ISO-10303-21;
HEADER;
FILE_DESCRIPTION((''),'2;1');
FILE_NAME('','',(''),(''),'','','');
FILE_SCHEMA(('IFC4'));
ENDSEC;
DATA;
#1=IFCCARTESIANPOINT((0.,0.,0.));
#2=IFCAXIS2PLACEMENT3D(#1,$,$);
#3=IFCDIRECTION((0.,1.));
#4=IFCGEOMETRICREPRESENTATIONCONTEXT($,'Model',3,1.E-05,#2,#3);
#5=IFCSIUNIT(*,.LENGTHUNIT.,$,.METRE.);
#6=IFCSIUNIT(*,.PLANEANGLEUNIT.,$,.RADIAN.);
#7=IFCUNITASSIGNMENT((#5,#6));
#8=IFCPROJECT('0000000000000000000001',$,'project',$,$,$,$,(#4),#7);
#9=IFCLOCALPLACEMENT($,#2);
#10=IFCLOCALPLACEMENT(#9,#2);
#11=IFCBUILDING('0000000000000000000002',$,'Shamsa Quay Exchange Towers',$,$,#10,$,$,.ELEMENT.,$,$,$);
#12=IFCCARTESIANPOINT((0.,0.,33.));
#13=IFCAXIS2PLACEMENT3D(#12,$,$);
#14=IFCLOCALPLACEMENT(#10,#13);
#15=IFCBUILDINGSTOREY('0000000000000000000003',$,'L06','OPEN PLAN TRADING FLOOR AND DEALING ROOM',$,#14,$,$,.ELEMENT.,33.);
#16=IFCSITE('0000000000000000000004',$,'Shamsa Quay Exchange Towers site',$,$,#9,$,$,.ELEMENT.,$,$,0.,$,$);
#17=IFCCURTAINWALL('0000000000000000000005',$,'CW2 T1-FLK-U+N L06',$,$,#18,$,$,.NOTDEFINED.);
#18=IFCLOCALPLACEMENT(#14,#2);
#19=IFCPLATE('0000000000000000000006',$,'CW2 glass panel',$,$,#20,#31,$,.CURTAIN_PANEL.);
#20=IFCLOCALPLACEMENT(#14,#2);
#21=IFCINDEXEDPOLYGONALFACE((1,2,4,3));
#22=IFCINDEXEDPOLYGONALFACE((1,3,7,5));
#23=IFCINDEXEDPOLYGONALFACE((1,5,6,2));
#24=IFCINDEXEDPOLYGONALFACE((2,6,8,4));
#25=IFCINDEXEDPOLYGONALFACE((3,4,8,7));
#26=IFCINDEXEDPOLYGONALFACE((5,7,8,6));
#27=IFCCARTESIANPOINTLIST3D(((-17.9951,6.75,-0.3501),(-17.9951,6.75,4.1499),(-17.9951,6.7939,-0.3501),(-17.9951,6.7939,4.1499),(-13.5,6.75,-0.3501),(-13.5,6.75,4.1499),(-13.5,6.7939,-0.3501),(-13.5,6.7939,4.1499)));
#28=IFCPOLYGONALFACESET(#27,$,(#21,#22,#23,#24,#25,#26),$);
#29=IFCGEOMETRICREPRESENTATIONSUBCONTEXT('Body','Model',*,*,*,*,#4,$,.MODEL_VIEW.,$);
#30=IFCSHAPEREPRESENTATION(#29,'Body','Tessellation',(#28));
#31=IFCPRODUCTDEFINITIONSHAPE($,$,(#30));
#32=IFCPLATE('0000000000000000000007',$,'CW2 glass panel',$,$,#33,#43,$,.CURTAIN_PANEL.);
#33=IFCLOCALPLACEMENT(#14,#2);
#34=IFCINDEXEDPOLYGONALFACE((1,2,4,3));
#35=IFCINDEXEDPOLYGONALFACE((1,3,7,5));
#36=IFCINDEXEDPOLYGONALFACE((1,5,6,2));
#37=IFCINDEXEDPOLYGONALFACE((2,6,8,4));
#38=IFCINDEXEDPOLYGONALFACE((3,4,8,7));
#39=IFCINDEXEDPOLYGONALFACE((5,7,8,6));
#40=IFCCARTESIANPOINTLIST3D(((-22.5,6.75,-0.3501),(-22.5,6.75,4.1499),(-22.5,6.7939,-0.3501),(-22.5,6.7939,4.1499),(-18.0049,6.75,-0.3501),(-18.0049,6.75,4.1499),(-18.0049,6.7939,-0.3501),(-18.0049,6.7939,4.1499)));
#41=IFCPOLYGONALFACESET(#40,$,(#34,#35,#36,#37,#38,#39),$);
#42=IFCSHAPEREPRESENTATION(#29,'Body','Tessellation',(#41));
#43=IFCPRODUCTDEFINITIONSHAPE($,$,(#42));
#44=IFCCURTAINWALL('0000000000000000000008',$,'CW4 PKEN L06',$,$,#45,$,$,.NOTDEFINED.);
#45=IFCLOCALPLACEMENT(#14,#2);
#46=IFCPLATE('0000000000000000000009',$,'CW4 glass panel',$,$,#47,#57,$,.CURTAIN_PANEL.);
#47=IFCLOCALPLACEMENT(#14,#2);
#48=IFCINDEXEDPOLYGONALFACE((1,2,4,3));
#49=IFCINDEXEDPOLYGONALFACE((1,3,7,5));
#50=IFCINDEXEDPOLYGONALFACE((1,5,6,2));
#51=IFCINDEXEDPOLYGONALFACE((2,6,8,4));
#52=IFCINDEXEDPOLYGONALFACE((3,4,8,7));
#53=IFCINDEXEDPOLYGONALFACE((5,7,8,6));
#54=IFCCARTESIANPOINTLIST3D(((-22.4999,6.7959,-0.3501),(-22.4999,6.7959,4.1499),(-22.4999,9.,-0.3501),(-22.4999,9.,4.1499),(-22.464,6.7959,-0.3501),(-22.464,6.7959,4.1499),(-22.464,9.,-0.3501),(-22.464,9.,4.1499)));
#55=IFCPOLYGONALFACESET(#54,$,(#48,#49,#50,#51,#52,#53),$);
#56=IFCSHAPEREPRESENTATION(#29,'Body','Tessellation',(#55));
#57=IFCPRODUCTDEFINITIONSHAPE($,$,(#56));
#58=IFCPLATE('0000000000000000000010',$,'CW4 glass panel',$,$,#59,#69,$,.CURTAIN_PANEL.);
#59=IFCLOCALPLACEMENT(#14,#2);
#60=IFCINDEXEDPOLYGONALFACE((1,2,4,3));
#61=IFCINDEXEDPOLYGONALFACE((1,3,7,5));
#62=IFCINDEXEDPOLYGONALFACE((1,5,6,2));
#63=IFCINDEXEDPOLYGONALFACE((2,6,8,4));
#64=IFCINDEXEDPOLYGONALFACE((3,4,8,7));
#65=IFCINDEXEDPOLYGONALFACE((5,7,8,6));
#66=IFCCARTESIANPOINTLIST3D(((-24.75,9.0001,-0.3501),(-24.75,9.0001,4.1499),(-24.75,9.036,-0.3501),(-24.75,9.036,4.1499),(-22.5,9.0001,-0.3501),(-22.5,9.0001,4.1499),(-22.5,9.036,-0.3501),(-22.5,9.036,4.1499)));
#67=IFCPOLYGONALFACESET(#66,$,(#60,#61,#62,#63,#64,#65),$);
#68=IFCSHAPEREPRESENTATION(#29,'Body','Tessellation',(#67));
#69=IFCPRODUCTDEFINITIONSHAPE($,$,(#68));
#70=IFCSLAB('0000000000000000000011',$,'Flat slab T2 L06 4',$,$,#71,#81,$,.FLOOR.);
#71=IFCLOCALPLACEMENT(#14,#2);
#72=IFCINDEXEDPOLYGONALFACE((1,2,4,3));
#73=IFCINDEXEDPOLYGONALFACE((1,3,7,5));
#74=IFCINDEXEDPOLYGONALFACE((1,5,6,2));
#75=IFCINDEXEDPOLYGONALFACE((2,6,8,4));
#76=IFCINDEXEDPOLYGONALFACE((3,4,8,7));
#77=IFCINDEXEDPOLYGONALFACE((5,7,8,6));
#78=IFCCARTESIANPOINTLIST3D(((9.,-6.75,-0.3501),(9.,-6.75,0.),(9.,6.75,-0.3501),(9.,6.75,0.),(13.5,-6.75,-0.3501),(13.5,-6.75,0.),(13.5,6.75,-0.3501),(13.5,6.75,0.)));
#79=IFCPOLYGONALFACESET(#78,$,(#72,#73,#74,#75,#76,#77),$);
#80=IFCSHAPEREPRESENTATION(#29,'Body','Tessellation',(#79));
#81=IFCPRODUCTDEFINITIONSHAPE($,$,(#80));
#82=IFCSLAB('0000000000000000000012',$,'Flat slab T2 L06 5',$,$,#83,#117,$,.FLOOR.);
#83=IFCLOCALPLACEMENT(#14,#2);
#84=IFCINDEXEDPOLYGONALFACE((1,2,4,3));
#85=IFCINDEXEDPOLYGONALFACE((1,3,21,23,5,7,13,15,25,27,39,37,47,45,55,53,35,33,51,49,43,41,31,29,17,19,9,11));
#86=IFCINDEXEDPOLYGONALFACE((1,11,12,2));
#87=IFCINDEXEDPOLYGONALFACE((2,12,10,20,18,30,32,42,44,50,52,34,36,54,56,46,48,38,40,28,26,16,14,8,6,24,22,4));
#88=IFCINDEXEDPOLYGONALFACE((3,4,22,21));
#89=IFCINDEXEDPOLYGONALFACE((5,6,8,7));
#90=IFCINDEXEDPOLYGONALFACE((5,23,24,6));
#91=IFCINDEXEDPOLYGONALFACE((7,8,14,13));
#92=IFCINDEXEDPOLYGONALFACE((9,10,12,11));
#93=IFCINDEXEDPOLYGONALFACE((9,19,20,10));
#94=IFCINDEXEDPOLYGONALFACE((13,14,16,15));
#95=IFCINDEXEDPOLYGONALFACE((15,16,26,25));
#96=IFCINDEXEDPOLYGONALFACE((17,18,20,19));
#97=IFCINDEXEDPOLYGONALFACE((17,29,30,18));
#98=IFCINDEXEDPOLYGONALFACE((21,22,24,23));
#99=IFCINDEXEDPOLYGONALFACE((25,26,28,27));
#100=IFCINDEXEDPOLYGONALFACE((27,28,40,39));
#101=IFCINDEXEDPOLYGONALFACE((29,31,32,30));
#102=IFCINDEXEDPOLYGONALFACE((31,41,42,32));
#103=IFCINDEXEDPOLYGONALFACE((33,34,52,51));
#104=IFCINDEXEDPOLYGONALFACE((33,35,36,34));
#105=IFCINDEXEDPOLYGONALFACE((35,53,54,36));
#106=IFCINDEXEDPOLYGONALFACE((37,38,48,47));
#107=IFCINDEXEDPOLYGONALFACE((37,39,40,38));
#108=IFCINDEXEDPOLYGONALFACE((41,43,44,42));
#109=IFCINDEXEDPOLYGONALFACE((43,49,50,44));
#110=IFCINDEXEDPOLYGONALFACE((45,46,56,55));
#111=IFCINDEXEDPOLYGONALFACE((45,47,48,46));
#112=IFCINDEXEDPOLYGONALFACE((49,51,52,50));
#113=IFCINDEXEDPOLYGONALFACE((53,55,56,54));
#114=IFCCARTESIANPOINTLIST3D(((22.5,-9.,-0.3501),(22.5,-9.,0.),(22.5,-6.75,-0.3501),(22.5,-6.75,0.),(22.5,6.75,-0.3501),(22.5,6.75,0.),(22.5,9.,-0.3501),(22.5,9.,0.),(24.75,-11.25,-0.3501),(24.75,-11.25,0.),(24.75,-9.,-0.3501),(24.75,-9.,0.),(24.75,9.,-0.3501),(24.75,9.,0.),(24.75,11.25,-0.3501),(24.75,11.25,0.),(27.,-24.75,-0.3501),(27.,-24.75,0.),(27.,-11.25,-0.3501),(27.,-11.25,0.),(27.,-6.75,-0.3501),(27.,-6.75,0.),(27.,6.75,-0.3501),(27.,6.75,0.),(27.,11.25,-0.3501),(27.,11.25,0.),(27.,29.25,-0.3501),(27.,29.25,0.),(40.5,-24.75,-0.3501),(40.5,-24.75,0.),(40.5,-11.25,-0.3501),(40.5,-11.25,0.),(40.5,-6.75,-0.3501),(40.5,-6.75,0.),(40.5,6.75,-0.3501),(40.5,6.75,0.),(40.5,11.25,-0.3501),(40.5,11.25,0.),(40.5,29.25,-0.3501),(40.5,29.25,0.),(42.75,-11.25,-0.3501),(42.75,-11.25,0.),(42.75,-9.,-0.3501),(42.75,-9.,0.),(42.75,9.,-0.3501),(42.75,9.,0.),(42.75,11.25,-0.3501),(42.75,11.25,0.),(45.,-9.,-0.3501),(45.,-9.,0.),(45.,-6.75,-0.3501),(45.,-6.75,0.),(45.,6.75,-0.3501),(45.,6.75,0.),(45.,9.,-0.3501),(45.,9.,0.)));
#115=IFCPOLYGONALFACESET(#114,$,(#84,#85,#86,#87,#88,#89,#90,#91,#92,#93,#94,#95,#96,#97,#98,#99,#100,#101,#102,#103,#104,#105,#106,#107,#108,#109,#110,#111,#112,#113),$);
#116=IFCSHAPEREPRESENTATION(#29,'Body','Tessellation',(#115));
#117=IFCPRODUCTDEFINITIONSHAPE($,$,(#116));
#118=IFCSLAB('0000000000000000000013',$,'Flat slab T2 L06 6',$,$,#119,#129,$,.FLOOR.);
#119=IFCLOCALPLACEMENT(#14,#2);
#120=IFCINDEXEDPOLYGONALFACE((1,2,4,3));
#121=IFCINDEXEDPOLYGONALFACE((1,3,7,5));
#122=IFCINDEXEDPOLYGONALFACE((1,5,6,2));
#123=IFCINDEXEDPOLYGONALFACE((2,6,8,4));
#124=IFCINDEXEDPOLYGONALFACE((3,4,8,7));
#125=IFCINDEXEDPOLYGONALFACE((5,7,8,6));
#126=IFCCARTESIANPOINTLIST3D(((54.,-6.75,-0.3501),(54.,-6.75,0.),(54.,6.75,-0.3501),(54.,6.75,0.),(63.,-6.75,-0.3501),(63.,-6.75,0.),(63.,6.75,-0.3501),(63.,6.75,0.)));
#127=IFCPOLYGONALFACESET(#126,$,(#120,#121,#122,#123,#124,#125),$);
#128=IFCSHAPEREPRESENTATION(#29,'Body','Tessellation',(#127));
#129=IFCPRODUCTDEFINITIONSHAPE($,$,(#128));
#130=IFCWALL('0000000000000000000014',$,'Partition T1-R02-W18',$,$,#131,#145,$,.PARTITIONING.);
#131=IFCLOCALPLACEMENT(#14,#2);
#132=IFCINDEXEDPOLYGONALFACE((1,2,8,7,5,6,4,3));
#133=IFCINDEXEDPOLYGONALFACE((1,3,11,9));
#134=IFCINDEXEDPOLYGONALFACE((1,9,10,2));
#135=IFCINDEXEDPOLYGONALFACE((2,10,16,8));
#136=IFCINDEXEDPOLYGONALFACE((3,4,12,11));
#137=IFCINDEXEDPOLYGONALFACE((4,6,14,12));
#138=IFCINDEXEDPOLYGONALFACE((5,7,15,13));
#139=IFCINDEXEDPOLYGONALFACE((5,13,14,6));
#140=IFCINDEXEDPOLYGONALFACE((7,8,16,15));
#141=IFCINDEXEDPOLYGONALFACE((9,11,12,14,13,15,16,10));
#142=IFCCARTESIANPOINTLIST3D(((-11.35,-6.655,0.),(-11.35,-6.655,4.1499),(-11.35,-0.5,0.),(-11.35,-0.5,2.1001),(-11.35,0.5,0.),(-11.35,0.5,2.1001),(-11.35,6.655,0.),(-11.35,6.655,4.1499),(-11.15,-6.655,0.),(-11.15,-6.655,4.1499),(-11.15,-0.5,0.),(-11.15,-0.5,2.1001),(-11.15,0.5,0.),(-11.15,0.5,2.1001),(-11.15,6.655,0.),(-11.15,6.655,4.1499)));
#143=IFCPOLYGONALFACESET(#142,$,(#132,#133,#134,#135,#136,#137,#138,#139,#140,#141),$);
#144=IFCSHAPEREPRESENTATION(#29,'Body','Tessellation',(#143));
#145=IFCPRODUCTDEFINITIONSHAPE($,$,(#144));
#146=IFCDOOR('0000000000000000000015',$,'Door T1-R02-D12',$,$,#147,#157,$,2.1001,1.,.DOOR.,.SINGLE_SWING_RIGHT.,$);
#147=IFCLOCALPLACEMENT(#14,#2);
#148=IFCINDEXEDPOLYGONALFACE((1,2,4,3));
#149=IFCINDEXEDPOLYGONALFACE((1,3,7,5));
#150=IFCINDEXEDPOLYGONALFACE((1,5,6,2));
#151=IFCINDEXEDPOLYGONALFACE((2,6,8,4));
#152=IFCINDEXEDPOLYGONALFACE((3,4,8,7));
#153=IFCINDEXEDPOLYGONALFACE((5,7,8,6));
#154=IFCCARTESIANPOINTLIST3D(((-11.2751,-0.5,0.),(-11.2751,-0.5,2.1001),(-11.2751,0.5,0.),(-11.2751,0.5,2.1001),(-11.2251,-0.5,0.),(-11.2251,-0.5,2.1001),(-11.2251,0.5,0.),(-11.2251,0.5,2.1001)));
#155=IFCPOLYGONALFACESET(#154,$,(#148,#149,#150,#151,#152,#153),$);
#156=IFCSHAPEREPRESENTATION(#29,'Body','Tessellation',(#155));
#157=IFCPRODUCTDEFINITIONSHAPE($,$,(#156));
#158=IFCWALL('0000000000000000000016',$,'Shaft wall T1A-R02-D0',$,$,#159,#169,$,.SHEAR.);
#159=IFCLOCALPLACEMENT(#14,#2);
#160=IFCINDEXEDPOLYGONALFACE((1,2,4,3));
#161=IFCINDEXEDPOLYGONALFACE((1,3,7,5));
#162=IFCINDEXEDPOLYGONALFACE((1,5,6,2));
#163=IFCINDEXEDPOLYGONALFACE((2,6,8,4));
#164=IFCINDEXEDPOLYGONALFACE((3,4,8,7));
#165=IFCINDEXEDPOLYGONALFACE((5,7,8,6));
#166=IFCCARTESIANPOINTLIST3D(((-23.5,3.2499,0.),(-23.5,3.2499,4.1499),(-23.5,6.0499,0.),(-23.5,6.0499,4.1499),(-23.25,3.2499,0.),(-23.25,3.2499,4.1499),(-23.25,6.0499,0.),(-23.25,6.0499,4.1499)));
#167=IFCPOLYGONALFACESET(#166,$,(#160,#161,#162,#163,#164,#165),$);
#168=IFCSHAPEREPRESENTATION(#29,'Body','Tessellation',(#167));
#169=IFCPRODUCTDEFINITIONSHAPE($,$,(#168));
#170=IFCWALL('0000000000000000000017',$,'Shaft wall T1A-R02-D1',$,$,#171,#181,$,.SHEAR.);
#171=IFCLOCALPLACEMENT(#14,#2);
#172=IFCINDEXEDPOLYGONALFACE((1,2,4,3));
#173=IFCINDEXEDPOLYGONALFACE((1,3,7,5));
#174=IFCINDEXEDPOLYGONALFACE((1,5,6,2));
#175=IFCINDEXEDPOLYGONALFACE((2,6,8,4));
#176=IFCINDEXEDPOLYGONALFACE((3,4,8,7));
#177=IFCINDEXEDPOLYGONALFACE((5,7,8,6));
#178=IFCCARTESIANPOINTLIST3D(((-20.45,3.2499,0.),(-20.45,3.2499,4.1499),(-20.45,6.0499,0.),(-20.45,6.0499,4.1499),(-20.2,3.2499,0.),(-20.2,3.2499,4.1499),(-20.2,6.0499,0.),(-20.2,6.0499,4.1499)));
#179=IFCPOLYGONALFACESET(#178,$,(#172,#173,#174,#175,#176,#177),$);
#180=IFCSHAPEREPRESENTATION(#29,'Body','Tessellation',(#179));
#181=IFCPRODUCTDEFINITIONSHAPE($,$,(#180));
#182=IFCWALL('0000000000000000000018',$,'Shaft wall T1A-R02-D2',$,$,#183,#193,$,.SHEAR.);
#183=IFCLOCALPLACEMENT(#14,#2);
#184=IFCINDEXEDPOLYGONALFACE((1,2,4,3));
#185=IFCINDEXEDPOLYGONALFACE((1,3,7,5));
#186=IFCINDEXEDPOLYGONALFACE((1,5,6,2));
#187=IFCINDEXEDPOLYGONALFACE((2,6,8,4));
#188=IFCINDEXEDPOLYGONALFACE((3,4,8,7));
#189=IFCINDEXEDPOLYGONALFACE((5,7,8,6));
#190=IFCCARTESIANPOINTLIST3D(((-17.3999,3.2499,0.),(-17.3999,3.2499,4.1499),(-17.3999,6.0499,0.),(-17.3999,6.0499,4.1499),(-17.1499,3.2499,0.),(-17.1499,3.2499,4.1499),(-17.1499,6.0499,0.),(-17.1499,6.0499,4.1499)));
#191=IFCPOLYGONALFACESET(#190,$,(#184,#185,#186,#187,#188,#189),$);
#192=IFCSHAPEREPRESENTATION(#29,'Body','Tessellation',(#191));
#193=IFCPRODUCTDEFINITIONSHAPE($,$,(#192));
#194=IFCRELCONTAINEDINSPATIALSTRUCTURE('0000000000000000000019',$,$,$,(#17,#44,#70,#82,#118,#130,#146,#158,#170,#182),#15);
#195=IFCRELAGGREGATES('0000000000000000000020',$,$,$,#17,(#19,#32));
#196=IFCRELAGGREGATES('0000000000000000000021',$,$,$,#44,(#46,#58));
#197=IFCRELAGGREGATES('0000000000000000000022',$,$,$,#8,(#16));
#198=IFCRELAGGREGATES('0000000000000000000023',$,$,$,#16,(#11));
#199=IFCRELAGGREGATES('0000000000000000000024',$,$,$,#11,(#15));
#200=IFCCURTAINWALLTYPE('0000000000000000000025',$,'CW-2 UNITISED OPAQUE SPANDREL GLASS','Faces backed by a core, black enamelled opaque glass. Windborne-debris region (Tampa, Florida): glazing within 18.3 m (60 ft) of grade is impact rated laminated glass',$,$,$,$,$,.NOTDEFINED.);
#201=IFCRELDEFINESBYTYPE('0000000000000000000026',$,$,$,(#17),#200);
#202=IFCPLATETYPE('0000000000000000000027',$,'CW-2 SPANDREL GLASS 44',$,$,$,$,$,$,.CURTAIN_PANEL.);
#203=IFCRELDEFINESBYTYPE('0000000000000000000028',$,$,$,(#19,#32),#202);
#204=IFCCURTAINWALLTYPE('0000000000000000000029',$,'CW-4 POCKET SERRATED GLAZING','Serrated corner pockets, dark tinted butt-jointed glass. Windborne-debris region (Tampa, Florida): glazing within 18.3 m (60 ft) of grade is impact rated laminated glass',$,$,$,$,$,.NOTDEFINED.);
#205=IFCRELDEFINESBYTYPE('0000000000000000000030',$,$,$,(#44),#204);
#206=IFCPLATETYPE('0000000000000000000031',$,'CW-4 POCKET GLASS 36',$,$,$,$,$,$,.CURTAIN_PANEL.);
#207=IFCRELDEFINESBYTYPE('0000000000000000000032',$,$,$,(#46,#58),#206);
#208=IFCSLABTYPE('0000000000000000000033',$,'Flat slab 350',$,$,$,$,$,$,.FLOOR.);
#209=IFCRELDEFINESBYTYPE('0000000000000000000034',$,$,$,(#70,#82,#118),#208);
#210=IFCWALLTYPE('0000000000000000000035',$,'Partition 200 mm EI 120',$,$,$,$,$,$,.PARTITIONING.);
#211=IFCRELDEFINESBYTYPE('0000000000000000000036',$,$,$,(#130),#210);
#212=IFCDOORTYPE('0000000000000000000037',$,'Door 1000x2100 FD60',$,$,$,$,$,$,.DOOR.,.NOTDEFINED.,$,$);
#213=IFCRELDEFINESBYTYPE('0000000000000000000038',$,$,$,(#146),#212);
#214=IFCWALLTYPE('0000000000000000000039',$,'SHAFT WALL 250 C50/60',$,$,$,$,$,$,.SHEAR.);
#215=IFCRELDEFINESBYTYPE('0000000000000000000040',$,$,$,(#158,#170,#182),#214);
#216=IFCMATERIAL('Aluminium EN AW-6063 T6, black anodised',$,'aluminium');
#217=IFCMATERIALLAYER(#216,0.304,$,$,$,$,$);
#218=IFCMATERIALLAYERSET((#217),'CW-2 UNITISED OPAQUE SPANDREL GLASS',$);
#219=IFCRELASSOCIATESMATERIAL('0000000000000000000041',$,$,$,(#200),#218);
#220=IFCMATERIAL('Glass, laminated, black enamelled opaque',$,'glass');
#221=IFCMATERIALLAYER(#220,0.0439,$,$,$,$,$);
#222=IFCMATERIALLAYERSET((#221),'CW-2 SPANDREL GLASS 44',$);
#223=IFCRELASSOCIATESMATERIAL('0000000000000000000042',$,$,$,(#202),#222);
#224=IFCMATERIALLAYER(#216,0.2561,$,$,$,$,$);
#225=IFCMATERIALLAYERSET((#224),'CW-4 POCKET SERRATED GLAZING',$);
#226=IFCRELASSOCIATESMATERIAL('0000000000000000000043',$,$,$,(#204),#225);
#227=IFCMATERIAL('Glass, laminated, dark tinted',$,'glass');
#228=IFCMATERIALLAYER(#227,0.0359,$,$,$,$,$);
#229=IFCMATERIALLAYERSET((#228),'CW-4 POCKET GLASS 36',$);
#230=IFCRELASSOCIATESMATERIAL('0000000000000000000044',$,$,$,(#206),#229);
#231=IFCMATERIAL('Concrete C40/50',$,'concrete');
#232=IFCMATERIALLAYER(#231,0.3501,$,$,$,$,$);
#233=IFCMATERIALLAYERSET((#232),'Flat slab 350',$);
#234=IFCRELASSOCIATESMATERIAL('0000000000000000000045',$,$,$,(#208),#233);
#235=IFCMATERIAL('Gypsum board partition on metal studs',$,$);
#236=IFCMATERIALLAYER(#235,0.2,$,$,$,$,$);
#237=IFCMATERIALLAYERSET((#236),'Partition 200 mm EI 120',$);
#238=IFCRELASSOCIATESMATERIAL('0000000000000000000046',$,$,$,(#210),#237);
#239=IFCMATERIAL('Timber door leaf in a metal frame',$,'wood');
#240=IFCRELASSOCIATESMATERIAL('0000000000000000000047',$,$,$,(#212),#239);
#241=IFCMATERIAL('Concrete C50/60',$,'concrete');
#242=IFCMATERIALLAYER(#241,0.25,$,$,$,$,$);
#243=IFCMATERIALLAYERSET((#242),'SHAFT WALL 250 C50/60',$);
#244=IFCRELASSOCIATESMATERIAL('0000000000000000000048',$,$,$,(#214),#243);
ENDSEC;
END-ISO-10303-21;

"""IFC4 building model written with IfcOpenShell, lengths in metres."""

from ifc_helpers import new_model, si_unit, direction, frame, frame_2d, origin, origin_2d, place, context, subcontext, project, spatial, polyline, rectangle, outline, extrude, material, layer, layer_set, type_object, element, fill, aggregate, save


model = new_model("IFC4")

# Units and contexts
model_context = context("Model", 3, precision=1e-05, world=origin(), true_north=direction((0.0, 1.0)))
body_context = subcontext(model_context, "Body", "Model", "MODEL_VIEW")
ifc_project = project(units=[si_unit("LENGTHUNIT", "METRE"), si_unit("PLANEANGLEUNIT", "RADIAN")], contexts=[model_context])

# Site, building, storey
site_placement = place(None, origin())
site = spatial("IfcSite", under=ifc_project, at=site_placement, Name="Shamsa Quay Exchange Towers site", CompositionType="ELEMENT", RefElevation=0.0)
building_placement = place(site_placement, origin())
building = spatial("IfcBuilding", under=site, at=building_placement, Name="Shamsa Quay Exchange Towers", CompositionType="ELEMENT")
storey_placement = place(building_placement, frame((0.0, 0.0, 33.0)))
storey = spatial("IfcBuildingStorey", under=building, at=storey_placement, Name="L06", Description="OPEN PLAN TRADING FLOOR AND DEALING ROOM", CompositionType="ELEMENT", Elevation=33.0)

# Shared definitions
ifc_material_1 = material(Name="Aluminium EN AW-6063 T6, black anodised", Category="aluminium")

# Shared definitions
ifc_material_2 = material(Name="Concrete C50/60", Category="concrete")

# Shared definitions
ifc_material_3 = material(Name="Concrete C40/50", Category="concrete")

# Shared definitions
ifc_material_4 = material(Name="Glass, laminated, dark tinted", Category="glass")

# Curtain walls, plates
ifc_layer_1 = layer(ifc_material_1, 0.304)
ifc_layer_set_1 = layer_set([ifc_layer_1], Name="CW-2 UNITISED OPAQUE SPANDREL GLASS")
curtain_wall_type_1 = type_object("IfcCurtainWallType", Name="CW-2 UNITISED OPAQUE SPANDREL GLASS", Description="Faces backed by a core, black enamelled opaque glass. Windborne-debris region (Tampa, Florida): glazing within 18.3 m (60 ft) of grade is impact rated laminated glass", PredefinedType="NOTDEFINED", material=ifc_layer_set_1)
curtain_wall_1_placement = place(storey_placement, origin())
curtain_wall_1 = element("IfcCurtainWall", 1, at=curtain_wall_1_placement, inside=storey, type_object=curtain_wall_type_1, Name="CW2 T1-FLK-U+N L06", PredefinedType="NOTDEFINED")
ifc_material_5 = material(Name="Glass, laminated, black enamelled opaque", Category="glass")
ifc_layer_2 = layer(ifc_material_5, 0.0439)
ifc_layer_set_2 = layer_set([ifc_layer_2], Name="CW-2 SPANDREL GLASS 44")
plate_type_1 = type_object("IfcPlateType", Name="CW-2 SPANDREL GLASS 44", PredefinedType="CURTAIN_PANEL", material=ifc_layer_set_2)
plate_1_placement = place(storey_placement, frame((-15.7476, 6.772, -0.3501), z_axis=(0.0, 0.0, 1.0), x_axis=(-1.0, 0.0, 0.0)))
plate_1 = element("IfcPlate", 2, at=plate_1_placement, type_object=plate_type_1, Name="CW2 glass panel", PredefinedType="CURTAIN_PANEL", context=body_context, shape_type="SweptSolid", body=[
    extrude(rectangle(XDim=4.4951, YDim=0.0439, at=origin_2d()), origin(), (0.0, 0.0, 1.0), 4.5),
])
plate_2_placement = place(storey_placement, frame((-20.2524, 6.772, -0.3501), z_axis=(0.0, 0.0, 1.0), x_axis=(-1.0, 0.0, 0.0)))
plate_2 = element("IfcPlate", 3, at=plate_2_placement, type_object=plate_type_1, Name="CW2 glass panel", PredefinedType="CURTAIN_PANEL", context=body_context, shape_type="SweptSolid", body=[
    extrude(rectangle(XDim=4.4951, YDim=0.0439, at=origin_2d()), origin(), (0.0, 0.0, 1.0), 4.5),
])
aggregate(curtain_wall_1, [plate_1, plate_2])
ifc_layer_3 = layer(ifc_material_1, 0.2561)
ifc_layer_set_3 = layer_set([ifc_layer_3], Name="CW-4 POCKET SERRATED GLAZING")
curtain_wall_type_2 = type_object("IfcCurtainWallType", Name="CW-4 POCKET SERRATED GLAZING", Description="Serrated corner pockets, dark tinted butt-jointed glass. Windborne-debris region (Tampa, Florida): glazing within 18.3 m (60 ft) of grade is impact rated laminated glass", PredefinedType="NOTDEFINED", material=ifc_layer_set_3)
curtain_wall_2_placement = place(storey_placement, origin())
curtain_wall_2 = element("IfcCurtainWall", 4, at=curtain_wall_2_placement, inside=storey, type_object=curtain_wall_type_2, Name="CW4 PKEN L06", PredefinedType="NOTDEFINED")
ifc_layer_4 = layer(ifc_material_4, 0.0359)
ifc_layer_set_4 = layer_set([ifc_layer_4], Name="CW-4 POCKET GLASS 36")
plate_type_2 = type_object("IfcPlateType", Name="CW-4 POCKET GLASS 36", PredefinedType="CURTAIN_PANEL", material=ifc_layer_set_4)
plate_3_placement = place(storey_placement, frame((-22.4819, 7.8979, -0.3501), z_axis=(0.0, 0.0, 1.0), x_axis=(0.0, 1.0, 0.0)))
plate_3 = element("IfcPlate", 5, at=plate_3_placement, type_object=plate_type_2, Name="CW4 glass panel", PredefinedType="CURTAIN_PANEL", context=body_context, shape_type="SweptSolid", body=[
    extrude(rectangle(XDim=2.2041, YDim=0.0359, at=origin_2d()), origin(), (0.0, 0.0, 1.0), 4.5),
])
plate_4_placement = place(storey_placement, frame((-23.625, 9.0181, -0.3501), z_axis=(0.0, 0.0, 1.0), x_axis=(-1.0, 0.0, 0.0)))
plate_4 = element("IfcPlate", 6, at=plate_4_placement, type_object=plate_type_2, Name="CW4 glass panel", PredefinedType="CURTAIN_PANEL", context=body_context, shape_type="SweptSolid", body=[
    extrude(rectangle(XDim=2.25, YDim=0.0359, at=origin_2d()), origin(), (0.0, 0.0, 1.0), 4.5),
])
aggregate(curtain_wall_2, [plate_3, plate_4])

# Slabs
ifc_layer_5 = layer(ifc_material_3, 0.3501)
ifc_layer_set_5 = layer_set([ifc_layer_5], Name="Flat slab 350")
slab_type_1 = type_object("IfcSlabType", Name="Flat slab 350", PredefinedType="FLOOR", material=ifc_layer_set_5)
slab_1_placement = place(storey_placement, frame((0.0, 0.0, -0.3501)))
element("IfcSlab", 7, at=slab_1_placement, inside=storey, type_object=slab_type_1, Name="Flat slab T2 L06 4", PredefinedType="FLOOR", context=body_context, shape_type="SweptSolid", body=[
    extrude(outline(polyline([(9.0, -6.75), (13.5, -6.75), (13.5, 6.75), (9.0, 6.75), (9.0, -6.75)])), origin(), (0.0, 0.0, 1.0), 0.3501),
])
slab_2_placement = place(storey_placement, frame((0.0, 0.0, -0.3501)))
element("IfcSlab", 8, at=slab_2_placement, inside=storey, type_object=slab_type_1, Name="Flat slab T2 L06 5", PredefinedType="FLOOR", context=body_context, shape_type="SweptSolid", body=[
    extrude(outline(polyline([(45.0, -9.0), (45.0, -6.75), (40.5, -6.75), (40.5, 6.75), (45.0, 6.75), (45.0, 9.0), (42.75, 9.0), (42.75, 11.25), (40.5, 11.25), (40.5, 29.25), (27.0, 29.25), (27.0, 11.25), (24.75, 11.25), (24.75, 9.0), (22.5, 9.0), (22.5, 6.75), (27.0, 6.75), (27.0, -6.75), (22.5, -6.75), (22.5, -9.0), (24.75, -9.0), (24.75, -11.25), (27.0, -11.25), (27.0, -24.75), (40.5, -24.75), (40.5, -11.25), (42.75, -11.25), (42.75, -9.0), (45.0, -9.0)])), origin(), (0.0, 0.0, 1.0), 0.3501),
])
slab_3_placement = place(storey_placement, frame((0.0, 0.0, -0.3501)))
element("IfcSlab", 9, at=slab_3_placement, inside=storey, type_object=slab_type_1, Name="Flat slab T2 L06 6", PredefinedType="FLOOR", context=body_context, shape_type="SweptSolid", body=[
    extrude(outline(polyline([(63.0, 6.75), (54.0, 6.75), (54.0, -6.75), (63.0, -6.75), (63.0, 6.75)])), origin(), (0.0, 0.0, 1.0), 0.3501),
])

# Wall, opening, door
ifc_material_6 = material(Name="Gypsum board partition on metal studs")
ifc_layer_6 = layer(ifc_material_6, 0.2)
ifc_layer_set_6 = layer_set([ifc_layer_6], Name="Partition 200 mm EI 120")
wall_type_1 = type_object("IfcWallType", Name="Partition 200 mm EI 120", PredefinedType="PARTITIONING", material=ifc_layer_set_6)
wall_1_placement = place(storey_placement, frame((-11.25, 6.655, 0.0), z_axis=(0.0, 0.0, 1.0), x_axis=(0.0, -1.0, 0.0)))
wall_1 = element("IfcWall", 10, at=wall_1_placement, inside=storey, type_object=wall_type_1, Name="Partition T1-R02-W18", PredefinedType="PARTITIONING", context=body_context, shape_type="SweptSolid", body=[
    extrude(rectangle(XDim=13.3101, YDim=0.2, at=frame_2d((6.655, 0.0))), origin(), (0.0, 0.0, 1.0), 4.1499),
])
opening_1_placement = place(wall_1_placement, frame((6.155, 0.0, 0.0)))
opening_1 = element("IfcOpeningElement", 11, at=opening_1_placement, cuts=wall_1, PredefinedType="OPENING", context=body_context, shape_type="SweptSolid", body=[
    extrude(rectangle(XDim=1.0, YDim=2.1001, at=frame_2d((0.5, 1.05))), frame((0.0, 0.1099, 0.0), z_axis=(0.0, -1.0, 0.0), x_axis=(1.0, 0.0, 0.0)), (0.0, 0.0, 1.0), 0.22),
])
ifc_material_7 = material(Name="Timber door leaf in a metal frame", Category="wood")
door_type_1 = type_object("IfcDoorType", Name="Door 1000x2100 FD60", OperationType="NOTDEFINED", PredefinedType="DOOR", material=ifc_material_7)
door_1_placement = place(opening_1_placement, origin())
door_1 = element("IfcDoor", 12, at=door_1_placement, inside=storey, type_object=door_type_1, Name="Door T1-R02-D12", OperationType="SINGLE_SWING_RIGHT", OverallHeight=2.1001, OverallWidth=1.0, PredefinedType="DOOR", context=body_context, shape_type="SweptSolid", body=[
    extrude(rectangle(XDim=1.0, YDim=2.1001, at=frame_2d((0.5, 1.05))), frame((0.0, 0.0249, 0.0), z_axis=(0.0, -1.0, 0.0), x_axis=(1.0, 0.0, 0.0)), (0.0, 0.0, 1.0), 0.05),
])
fill(opening_1, door_1)

# Walls
ifc_layer_7 = layer(ifc_material_2, 0.25)
ifc_layer_set_7 = layer_set([ifc_layer_7], Name="SHAFT WALL 250 C50/60")
wall_type_2 = type_object("IfcWallType", Name="SHAFT WALL 250 C50/60", PredefinedType="SHEAR", material=ifc_layer_set_7)
for number, where, z_axis, x_axis, name in (
    (13, (-23.375, 3.25, 0.0), (0.0, 0.0, 1.0), (0.0, 1.0, 0.0), "Shaft wall T1A-R02-D0"),
    (14, (-20.325, 3.25, 0.0), (0.0, 0.0, 1.0), (0.0, 1.0, 0.0), "Shaft wall T1A-R02-D1"),
    (15, (-17.2749, 3.25, 0.0), (0.0, 0.0, 1.0), (0.0, 1.0, 0.0), "Shaft wall T1A-R02-D2"),
):
    element("IfcWall", number, at=place(storey_placement, frame(where, z_axis=z_axis, x_axis=x_axis)), inside=storey, type_object=wall_type_2, Name=name, PredefinedType="SHEAR", context=body_context, shape_type="SweptSolid", body=[
        extrude(rectangle(XDim=2.8, YDim=0.25, at=frame_2d((1.3999, 0.0))), origin(), (0.0, 0.0, 1.0), 4.1499),
    ])

save(model, "model.ifc")
